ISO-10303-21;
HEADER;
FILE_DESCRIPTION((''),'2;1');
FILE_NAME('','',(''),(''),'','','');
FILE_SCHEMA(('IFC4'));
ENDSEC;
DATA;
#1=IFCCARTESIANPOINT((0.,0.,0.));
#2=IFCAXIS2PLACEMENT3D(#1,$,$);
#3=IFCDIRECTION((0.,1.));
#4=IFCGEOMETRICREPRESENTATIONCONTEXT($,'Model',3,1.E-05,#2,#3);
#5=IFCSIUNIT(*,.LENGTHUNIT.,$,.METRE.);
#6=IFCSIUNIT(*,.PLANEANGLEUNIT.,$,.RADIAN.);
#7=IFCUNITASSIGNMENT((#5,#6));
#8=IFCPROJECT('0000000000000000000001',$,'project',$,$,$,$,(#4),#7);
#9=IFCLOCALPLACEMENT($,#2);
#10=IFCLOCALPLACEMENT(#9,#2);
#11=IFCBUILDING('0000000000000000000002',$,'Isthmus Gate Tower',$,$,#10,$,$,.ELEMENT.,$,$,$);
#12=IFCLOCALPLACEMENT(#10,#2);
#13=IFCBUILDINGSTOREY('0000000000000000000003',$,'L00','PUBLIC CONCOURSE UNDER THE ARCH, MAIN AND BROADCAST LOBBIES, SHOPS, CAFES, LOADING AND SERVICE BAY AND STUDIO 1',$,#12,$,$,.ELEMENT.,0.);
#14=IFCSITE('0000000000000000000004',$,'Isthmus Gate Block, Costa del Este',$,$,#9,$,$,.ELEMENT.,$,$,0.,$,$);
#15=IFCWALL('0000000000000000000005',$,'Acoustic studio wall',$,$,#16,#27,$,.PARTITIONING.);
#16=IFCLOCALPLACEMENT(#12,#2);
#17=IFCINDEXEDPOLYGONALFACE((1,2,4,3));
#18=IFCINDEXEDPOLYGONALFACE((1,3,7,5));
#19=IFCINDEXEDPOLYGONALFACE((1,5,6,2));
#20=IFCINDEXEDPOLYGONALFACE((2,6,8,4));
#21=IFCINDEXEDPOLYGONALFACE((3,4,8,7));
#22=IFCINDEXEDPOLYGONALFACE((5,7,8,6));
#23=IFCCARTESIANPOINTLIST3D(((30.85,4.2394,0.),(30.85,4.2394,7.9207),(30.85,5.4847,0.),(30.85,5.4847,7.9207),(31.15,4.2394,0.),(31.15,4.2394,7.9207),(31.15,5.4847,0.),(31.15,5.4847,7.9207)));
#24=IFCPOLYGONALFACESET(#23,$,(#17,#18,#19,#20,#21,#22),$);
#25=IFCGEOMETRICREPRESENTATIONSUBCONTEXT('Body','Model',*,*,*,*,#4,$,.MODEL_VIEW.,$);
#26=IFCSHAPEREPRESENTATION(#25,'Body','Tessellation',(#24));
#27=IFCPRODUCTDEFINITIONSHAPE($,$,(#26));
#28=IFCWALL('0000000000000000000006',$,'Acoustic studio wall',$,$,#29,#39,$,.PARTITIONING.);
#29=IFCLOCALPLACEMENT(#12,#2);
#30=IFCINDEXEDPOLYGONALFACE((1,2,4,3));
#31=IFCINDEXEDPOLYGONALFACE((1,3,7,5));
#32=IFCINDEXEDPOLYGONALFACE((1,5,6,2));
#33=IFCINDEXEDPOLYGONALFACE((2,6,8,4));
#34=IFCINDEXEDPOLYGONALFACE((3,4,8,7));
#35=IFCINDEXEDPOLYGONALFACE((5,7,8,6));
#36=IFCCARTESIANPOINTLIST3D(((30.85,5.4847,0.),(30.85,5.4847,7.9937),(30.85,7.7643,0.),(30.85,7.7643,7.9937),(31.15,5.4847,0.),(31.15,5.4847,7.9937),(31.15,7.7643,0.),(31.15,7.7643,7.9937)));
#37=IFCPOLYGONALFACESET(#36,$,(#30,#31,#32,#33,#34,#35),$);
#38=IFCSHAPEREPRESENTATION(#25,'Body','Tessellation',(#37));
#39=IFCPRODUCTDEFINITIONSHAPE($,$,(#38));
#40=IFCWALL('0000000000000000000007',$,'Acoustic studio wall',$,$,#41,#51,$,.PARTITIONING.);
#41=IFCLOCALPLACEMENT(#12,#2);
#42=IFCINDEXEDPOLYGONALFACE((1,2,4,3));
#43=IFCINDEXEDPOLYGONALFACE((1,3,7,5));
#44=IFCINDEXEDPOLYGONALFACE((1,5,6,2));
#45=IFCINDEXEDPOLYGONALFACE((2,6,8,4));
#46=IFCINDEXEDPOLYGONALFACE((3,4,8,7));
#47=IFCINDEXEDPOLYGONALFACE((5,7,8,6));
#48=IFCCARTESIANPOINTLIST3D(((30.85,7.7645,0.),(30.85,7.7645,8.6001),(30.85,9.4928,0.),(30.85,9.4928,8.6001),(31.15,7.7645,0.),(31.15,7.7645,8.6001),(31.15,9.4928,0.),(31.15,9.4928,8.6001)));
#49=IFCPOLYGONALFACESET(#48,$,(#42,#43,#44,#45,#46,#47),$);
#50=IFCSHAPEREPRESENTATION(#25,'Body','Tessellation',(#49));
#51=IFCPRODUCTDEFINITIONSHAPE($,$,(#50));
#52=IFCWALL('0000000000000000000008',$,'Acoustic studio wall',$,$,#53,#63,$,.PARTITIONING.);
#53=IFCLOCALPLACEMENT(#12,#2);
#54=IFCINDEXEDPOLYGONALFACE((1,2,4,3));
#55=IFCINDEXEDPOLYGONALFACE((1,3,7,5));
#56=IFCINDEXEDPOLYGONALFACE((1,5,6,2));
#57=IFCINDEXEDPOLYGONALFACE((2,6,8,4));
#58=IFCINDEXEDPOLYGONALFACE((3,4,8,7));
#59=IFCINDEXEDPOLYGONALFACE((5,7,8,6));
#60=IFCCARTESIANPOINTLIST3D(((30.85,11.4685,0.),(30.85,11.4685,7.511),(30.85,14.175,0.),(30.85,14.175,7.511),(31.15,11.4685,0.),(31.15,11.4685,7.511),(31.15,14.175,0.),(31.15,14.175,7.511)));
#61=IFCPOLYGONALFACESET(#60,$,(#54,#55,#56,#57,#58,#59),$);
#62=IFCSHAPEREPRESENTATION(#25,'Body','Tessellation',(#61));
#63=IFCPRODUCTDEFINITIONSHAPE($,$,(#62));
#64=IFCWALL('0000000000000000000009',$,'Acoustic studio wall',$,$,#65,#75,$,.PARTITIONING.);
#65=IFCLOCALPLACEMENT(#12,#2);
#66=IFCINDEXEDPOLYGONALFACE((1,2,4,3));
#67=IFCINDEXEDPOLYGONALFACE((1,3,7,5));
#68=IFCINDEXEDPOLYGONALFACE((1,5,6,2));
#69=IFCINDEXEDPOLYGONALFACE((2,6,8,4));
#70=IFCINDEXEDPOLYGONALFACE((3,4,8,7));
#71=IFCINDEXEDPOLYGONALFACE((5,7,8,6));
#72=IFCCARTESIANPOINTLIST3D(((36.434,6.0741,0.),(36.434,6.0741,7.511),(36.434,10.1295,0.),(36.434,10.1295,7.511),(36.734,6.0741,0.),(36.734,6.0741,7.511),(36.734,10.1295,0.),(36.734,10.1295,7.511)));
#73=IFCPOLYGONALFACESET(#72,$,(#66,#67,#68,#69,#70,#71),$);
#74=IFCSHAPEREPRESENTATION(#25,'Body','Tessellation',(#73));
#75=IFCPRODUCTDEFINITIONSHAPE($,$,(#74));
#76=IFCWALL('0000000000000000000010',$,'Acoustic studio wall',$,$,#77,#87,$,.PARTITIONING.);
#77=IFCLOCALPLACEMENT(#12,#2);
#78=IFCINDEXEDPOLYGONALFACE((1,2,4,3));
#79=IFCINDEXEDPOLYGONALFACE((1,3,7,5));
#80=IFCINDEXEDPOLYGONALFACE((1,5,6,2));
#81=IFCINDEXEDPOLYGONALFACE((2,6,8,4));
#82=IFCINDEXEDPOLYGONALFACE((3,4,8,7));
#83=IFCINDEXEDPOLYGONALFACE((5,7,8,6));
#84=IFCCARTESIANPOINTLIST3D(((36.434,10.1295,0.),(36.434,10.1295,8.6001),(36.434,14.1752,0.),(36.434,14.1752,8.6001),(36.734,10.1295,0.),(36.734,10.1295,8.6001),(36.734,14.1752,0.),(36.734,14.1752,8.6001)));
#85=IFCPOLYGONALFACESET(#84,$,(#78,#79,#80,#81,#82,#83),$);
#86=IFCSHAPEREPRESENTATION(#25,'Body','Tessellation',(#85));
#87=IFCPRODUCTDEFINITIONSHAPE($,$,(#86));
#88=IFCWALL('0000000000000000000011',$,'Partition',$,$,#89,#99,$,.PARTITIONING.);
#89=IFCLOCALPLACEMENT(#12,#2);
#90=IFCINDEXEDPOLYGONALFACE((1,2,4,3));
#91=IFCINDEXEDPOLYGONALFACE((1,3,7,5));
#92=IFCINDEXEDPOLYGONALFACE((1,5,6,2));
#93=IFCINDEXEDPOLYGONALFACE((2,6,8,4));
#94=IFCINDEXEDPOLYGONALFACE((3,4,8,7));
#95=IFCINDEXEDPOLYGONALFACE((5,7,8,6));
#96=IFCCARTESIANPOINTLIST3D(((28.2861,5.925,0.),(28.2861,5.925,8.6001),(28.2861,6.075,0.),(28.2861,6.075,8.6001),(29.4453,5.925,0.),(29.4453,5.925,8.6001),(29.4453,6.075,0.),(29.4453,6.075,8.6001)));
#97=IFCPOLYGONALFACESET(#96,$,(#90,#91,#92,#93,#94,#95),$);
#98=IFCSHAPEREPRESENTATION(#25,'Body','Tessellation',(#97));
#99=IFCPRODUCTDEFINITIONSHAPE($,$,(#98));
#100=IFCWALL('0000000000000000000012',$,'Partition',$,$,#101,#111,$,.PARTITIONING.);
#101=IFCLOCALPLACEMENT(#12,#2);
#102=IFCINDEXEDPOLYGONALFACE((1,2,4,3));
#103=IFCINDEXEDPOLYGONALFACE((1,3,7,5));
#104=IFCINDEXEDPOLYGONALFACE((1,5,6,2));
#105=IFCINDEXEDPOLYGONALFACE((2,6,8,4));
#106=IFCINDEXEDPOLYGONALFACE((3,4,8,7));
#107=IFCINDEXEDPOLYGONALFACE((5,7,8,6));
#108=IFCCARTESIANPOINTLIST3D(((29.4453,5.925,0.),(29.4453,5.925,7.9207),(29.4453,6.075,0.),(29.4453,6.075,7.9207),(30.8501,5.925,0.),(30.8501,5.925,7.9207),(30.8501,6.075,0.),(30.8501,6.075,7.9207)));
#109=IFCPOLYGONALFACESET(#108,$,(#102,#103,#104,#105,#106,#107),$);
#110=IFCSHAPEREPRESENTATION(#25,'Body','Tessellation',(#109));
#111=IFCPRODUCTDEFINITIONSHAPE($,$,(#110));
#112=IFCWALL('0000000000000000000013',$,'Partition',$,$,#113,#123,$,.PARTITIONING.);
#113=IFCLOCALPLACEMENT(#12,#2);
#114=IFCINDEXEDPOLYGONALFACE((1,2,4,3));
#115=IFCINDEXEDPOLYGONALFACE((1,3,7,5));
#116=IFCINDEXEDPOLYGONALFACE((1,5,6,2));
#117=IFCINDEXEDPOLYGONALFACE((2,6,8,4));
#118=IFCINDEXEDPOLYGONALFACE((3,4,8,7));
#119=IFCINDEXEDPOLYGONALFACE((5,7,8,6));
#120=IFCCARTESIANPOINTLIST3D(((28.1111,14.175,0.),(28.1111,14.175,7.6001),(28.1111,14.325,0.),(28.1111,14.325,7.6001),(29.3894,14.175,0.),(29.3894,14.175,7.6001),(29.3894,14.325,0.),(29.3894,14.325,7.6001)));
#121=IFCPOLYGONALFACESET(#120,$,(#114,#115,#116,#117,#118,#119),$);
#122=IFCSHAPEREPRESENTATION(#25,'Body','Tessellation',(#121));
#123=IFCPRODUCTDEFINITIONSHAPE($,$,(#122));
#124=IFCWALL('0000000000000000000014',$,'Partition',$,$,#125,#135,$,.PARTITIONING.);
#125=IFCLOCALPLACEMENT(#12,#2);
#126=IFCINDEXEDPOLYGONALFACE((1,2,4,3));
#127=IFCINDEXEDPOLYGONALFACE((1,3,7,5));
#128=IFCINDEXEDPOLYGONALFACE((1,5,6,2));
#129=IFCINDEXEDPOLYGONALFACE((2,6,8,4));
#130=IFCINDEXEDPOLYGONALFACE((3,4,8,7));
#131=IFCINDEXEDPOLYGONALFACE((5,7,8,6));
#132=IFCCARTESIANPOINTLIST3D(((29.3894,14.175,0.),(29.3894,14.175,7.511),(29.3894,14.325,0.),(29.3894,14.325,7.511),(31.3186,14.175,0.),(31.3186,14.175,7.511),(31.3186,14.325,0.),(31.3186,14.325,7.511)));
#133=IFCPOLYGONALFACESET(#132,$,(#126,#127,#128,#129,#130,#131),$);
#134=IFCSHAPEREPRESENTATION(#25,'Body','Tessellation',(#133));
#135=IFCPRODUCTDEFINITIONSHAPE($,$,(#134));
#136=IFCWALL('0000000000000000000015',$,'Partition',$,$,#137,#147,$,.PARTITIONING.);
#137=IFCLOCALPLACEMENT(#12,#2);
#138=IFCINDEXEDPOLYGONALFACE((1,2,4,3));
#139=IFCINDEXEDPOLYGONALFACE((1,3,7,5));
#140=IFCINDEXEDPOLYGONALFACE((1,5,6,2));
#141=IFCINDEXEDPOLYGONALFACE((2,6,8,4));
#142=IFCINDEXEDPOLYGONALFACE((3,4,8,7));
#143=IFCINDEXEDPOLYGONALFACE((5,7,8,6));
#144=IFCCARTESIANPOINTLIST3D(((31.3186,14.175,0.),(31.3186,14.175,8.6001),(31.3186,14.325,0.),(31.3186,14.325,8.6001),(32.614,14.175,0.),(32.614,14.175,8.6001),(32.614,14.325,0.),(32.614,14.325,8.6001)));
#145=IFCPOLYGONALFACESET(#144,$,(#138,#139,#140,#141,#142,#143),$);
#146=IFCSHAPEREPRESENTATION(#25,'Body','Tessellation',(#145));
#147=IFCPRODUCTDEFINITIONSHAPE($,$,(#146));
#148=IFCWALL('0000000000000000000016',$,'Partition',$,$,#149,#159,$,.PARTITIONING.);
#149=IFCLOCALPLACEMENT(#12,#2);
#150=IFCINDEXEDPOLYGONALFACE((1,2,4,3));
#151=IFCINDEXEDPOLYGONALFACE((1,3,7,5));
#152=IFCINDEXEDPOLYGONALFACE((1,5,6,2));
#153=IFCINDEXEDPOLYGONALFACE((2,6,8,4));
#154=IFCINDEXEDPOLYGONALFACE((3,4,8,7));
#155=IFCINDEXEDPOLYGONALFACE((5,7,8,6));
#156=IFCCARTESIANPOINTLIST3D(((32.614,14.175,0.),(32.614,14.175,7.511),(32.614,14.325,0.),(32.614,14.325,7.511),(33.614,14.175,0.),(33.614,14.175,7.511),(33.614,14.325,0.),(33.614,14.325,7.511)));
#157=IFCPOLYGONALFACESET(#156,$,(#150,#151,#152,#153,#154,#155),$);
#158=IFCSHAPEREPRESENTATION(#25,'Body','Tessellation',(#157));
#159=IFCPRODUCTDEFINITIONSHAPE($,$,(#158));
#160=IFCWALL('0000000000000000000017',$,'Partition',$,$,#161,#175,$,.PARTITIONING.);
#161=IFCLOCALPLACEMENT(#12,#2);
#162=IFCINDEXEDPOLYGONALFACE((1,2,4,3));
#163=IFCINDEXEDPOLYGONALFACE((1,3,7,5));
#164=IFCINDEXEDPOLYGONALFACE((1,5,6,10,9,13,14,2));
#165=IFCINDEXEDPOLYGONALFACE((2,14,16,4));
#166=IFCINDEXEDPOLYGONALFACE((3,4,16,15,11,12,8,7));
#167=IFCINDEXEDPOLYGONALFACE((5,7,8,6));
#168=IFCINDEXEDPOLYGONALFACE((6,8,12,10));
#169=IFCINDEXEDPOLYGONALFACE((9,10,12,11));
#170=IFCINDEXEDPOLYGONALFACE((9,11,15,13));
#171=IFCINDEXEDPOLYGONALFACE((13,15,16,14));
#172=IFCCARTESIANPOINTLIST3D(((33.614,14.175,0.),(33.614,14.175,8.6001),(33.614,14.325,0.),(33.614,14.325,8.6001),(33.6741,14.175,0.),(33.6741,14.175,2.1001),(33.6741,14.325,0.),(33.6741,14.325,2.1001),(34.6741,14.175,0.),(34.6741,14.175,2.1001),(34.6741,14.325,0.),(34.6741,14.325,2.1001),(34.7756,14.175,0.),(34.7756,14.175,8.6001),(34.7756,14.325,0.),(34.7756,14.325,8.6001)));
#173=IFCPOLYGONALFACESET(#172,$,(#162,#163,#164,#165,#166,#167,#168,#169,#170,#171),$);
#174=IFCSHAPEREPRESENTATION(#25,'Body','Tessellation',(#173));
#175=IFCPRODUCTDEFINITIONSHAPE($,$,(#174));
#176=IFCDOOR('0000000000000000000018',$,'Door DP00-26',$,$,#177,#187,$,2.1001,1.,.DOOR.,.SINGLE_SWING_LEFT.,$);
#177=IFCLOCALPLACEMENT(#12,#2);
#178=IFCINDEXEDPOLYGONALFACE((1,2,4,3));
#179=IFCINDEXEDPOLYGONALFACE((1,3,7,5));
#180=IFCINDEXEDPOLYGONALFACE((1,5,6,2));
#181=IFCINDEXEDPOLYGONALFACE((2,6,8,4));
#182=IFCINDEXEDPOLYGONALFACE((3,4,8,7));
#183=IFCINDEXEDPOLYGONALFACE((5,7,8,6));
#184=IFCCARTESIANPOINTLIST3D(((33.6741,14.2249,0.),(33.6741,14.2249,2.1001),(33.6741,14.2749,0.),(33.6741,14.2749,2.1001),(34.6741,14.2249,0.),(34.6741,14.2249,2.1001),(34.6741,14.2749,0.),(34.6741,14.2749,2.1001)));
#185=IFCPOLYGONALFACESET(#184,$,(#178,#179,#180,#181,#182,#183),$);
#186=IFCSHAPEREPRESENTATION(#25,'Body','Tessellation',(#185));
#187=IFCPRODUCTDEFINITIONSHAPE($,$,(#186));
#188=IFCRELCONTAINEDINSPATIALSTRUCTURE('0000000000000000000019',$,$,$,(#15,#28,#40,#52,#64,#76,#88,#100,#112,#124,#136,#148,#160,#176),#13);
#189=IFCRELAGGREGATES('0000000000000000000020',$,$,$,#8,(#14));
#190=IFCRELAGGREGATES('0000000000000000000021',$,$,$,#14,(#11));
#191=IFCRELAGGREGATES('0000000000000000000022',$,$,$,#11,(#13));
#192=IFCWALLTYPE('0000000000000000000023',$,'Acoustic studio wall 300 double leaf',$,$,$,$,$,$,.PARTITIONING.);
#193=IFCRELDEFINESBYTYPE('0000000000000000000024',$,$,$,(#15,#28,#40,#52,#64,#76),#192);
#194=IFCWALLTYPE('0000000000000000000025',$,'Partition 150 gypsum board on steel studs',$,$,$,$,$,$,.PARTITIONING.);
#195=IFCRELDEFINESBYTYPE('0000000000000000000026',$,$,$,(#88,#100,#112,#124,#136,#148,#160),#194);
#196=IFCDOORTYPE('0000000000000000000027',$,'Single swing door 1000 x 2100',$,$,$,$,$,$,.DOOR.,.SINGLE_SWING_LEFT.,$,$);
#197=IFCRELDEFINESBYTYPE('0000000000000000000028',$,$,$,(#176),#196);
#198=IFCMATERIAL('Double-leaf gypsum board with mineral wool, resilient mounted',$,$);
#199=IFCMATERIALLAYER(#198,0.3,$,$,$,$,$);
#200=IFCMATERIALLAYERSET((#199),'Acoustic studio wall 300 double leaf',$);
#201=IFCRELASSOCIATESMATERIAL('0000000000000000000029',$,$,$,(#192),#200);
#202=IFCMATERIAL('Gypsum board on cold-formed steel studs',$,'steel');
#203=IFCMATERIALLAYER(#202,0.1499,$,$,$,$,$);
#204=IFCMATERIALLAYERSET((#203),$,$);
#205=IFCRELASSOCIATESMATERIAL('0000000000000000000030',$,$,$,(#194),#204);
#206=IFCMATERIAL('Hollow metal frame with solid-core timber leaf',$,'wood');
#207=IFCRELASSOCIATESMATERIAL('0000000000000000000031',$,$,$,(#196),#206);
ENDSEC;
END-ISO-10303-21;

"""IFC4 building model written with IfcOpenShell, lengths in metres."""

from ifc_helpers import new_model, si_unit, direction, frame, frame_2d, origin, place, context, subcontext, project, spatial, rectangle, extrude, material, layer, layer_set, type_object, element, fill, save


model = new_model("IFC4")

# Units and contexts
model_context = context("Model", 3, precision=1e-05, world=origin(), true_north=direction((0.0, 1.0)))
body_context = subcontext(model_context, "Body", "Model", "MODEL_VIEW")
ifc_project = project(units=[si_unit("LENGTHUNIT", "METRE"), si_unit("PLANEANGLEUNIT", "RADIAN")], contexts=[model_context])

# Site, building, storey
site_placement = place(None, origin())
site = spatial("IfcSite", under=ifc_project, at=site_placement, Name="Isthmus Gate Block, Costa del Este", CompositionType="ELEMENT", RefElevation=0.0)
building_placement = place(site_placement, origin())
building = spatial("IfcBuilding", under=site, at=building_placement, Name="Isthmus Gate Tower", CompositionType="ELEMENT")
storey_placement = place(building_placement, origin())
storey = spatial("IfcBuildingStorey", under=building, at=storey_placement, Name="L00", Description="PUBLIC CONCOURSE UNDER THE ARCH, MAIN AND BROADCAST LOBBIES, SHOPS, CAFES, LOADING AND SERVICE BAY AND STUDIO 1", CompositionType="ELEMENT", Elevation=0.0)

# Walls
ifc_material_1 = material(Name="Double-leaf gypsum board with mineral wool, resilient mounted")
ifc_layer_1 = layer(ifc_material_1, 0.3)
ifc_layer_set_1 = layer_set([ifc_layer_1], Name="Acoustic studio wall 300 double leaf")
wall_type_1 = type_object("IfcWallType", Name="Acoustic studio wall 300 double leaf", PredefinedType="PARTITIONING", material=ifc_layer_set_1)
wall_1_placement = place(storey_placement, frame((31.0, 4.2395, 0.0), z_axis=(0.0, 0.0, 1.0), x_axis=(0.0, 1.0, 0.0)))
element("IfcWall", 1, at=wall_1_placement, inside=storey, type_object=wall_type_1, Name="Acoustic studio wall", PredefinedType="PARTITIONING", context=body_context, shape_type="SweptSolid", body=[
    extrude(rectangle(XDim=1.2454, YDim=0.3, at=frame_2d((0.6226, 0.0))), origin(), (0.0, 0.0, 1.0), 7.9207),
])
wall_2_placement = place(storey_placement, frame((31.0, 5.4849, 0.0), z_axis=(0.0, 0.0, 1.0), x_axis=(0.0, 1.0, 0.0)))
element("IfcWall", 2, at=wall_2_placement, inside=storey, type_object=wall_type_1, Name="Acoustic studio wall", PredefinedType="PARTITIONING", context=body_context, shape_type="SweptSolid", body=[
    extrude(rectangle(XDim=2.2795, YDim=0.3, at=frame_2d((1.1396, 0.0))), origin(), (0.0, 0.0, 1.0), 7.9937),
])
wall_3_placement = place(storey_placement, frame((31.0, 7.7644, 0.0), z_axis=(0.0, 0.0, 1.0), x_axis=(0.0, 1.0, 0.0)))
element("IfcWall", 3, at=wall_3_placement, inside=storey, type_object=wall_type_1, Name="Acoustic studio wall", PredefinedType="PARTITIONING", context=body_context, shape_type="SweptSolid", body=[
    extrude(rectangle(XDim=1.7283, YDim=0.3, at=frame_2d((0.8643, 0.0))), origin(), (0.0, 0.0, 1.0), 8.6001),
])
wall_4_placement = place(storey_placement, frame((31.0, 11.4685, 0.0), z_axis=(0.0, 0.0, 1.0), x_axis=(0.0, 1.0, 0.0)))
element("IfcWall", 4, at=wall_4_placement, inside=storey, type_object=wall_type_1, Name="Acoustic studio wall", PredefinedType="PARTITIONING", context=body_context, shape_type="SweptSolid", body=[
    extrude(rectangle(XDim=2.7065, YDim=0.3, at=frame_2d((1.3533, 0.0))), origin(), (0.0, 0.0, 1.0), 7.511),
])
wall_5_placement = place(storey_placement, frame((36.584, 6.074, 0.0), z_axis=(0.0, 0.0, 1.0), x_axis=(0.0, 1.0, 0.0)))
element("IfcWall", 5, at=wall_5_placement, inside=storey, type_object=wall_type_1, Name="Acoustic studio wall", PredefinedType="PARTITIONING", context=body_context, shape_type="SweptSolid", body=[
    extrude(rectangle(XDim=4.0554, YDim=0.3, at=frame_2d((2.0278, 0.0))), origin(), (0.0, 0.0, 1.0), 7.511),
])
wall_6_placement = place(storey_placement, frame((36.584, 10.1294, 0.0), z_axis=(0.0, 0.0, 1.0), x_axis=(0.0, 1.0, 0.0)))
element("IfcWall", 6, at=wall_6_placement, inside=storey, type_object=wall_type_1, Name="Acoustic studio wall", PredefinedType="PARTITIONING", context=body_context, shape_type="SweptSolid", body=[
    extrude(rectangle(XDim=4.0457, YDim=0.3, at=frame_2d((2.0229, 0.0))), origin(), (0.0, 0.0, 1.0), 8.6001),
])
ifc_material_2 = material(Name="Gypsum board on cold-formed steel studs", Category="steel")
ifc_layer_2 = layer(ifc_material_2, 0.1499)
ifc_layer_set_2 = layer_set([ifc_layer_2])
wall_type_2 = type_object("IfcWallType", Name="Partition 150 gypsum board on steel studs", PredefinedType="PARTITIONING", material=ifc_layer_set_2)
wall_7_placement = place(storey_placement, frame((28.2861, 6.0, 0.0), z_axis=(0.0, 0.0, 1.0), x_axis=(1.0, 0.0, 0.0)))
element("IfcWall", 7, at=wall_7_placement, inside=storey, type_object=wall_type_2, Name="Partition", PredefinedType="PARTITIONING", context=body_context, shape_type="SweptSolid", body=[
    extrude(rectangle(XDim=1.1592, YDim=0.1499, at=frame_2d((0.5796, 0.0))), origin(), (0.0, 0.0, 1.0), 8.6001),
])
wall_8_placement = place(storey_placement, frame((29.4453, 6.0, 0.0), z_axis=(0.0, 0.0, 1.0), x_axis=(1.0, 0.0, 0.0)))
element("IfcWall", 8, at=wall_8_placement, inside=storey, type_object=wall_type_2, Name="Partition", PredefinedType="PARTITIONING", context=body_context, shape_type="SweptSolid", body=[
    extrude(rectangle(XDim=1.4048, YDim=0.1499, at=frame_2d((0.7024, 0.0))), origin(), (0.0, 0.0, 1.0), 7.9207),
])
wall_9_placement = place(storey_placement, frame((28.1111, 14.25, 0.0), z_axis=(0.0, 0.0, 1.0), x_axis=(1.0, 0.0, 0.0)))
element("IfcWall", 9, at=wall_9_placement, inside=storey, type_object=wall_type_2, Name="Partition", PredefinedType="PARTITIONING", context=body_context, shape_type="SweptSolid", body=[
    extrude(rectangle(XDim=1.2783, YDim=0.1499, at=frame_2d((0.6392, 0.0))), origin(), (0.0, 0.0, 1.0), 7.6001),
])
wall_10_placement = place(storey_placement, frame((29.3894, 14.25, 0.0), z_axis=(0.0, 0.0, 1.0), x_axis=(1.0, 0.0, 0.0)))
element("IfcWall", 10, at=wall_10_placement, inside=storey, type_object=wall_type_2, Name="Partition", PredefinedType="PARTITIONING", context=body_context, shape_type="SweptSolid", body=[
    extrude(rectangle(XDim=1.9292, YDim=0.1499, at=frame_2d((0.9646, 0.0))), origin(), (0.0, 0.0, 1.0), 7.511),
])
wall_11_placement = place(storey_placement, frame((31.3186, 14.25, 0.0), z_axis=(0.0, 0.0, 1.0), x_axis=(1.0, 0.0, 0.0)))
element("IfcWall", 11, at=wall_11_placement, inside=storey, type_object=wall_type_2, Name="Partition", PredefinedType="PARTITIONING", context=body_context, shape_type="SweptSolid", body=[
    extrude(rectangle(XDim=1.2954, YDim=0.1499, at=frame_2d((0.6477, 0.0))), origin(), (0.0, 0.0, 1.0), 8.6001),
])
wall_12_placement = place(storey_placement, frame((32.614, 14.25, 0.0), z_axis=(0.0, 0.0, 1.0), x_axis=(1.0, 0.0, 0.0)))
element("IfcWall", 12, at=wall_12_placement, inside=storey, type_object=wall_type_2, Name="Partition", PredefinedType="PARTITIONING", context=body_context, shape_type="SweptSolid", body=[
    extrude(rectangle(XDim=1.0, YDim=0.1499, at=frame_2d((0.5, 0.0))), origin(), (0.0, 0.0, 1.0), 7.511),
])

# Wall, opening, door
wall_13_placement = place(storey_placement, frame((33.614, 14.25, 0.0), z_axis=(0.0, 0.0, 1.0), x_axis=(1.0, 0.0, 0.0)))
wall_13 = element("IfcWall", 13, at=wall_13_placement, inside=storey, type_object=wall_type_2, Name="Partition", PredefinedType="PARTITIONING", context=body_context, shape_type="SweptSolid", body=[
    extrude(rectangle(XDim=1.1616, YDim=0.1499, at=frame_2d((0.5808, 0.0))), origin(), (0.0, 0.0, 1.0), 8.6001),
])
opening_1_placement = place(wall_13_placement, frame((0.0601, 0.0, 0.0)))
opening_1 = element("IfcOpeningElement", 14, at=opening_1_placement, cuts=wall_13, PredefinedType="OPENING", context=body_context, shape_type="SweptSolid", body=[
    extrude(rectangle(XDim=1.0, YDim=2.1001, at=frame_2d((0.5, 1.05))), frame((0.0, 0.085, 0.0), z_axis=(0.0, -1.0, 0.0), x_axis=(1.0, 0.0, 0.0)), (0.0, 0.0, 1.0), 0.1699),
])
ifc_material_3 = material(Name="Hollow metal frame with solid-core timber leaf", Category="wood")
door_type = type_object("IfcDoorType", Name="Single swing door 1000 x 2100", OperationType="SINGLE_SWING_LEFT", PredefinedType="DOOR", material=ifc_material_3)
door_1_placement = place(opening_1_placement, origin())
door_1 = element("IfcDoor", 15, at=door_1_placement, inside=storey, type_object=door_type, Name="Door DP00-26", OperationType="SINGLE_SWING_LEFT", OverallHeight=2.1001, OverallWidth=1.0, PredefinedType="DOOR", context=body_context, shape_type="SweptSolid", body=[
    extrude(rectangle(XDim=1.0, YDim=2.1001, at=frame_2d((0.5, 1.05))), frame((0.0, 0.0249, 0.0), z_axis=(0.0, -1.0, 0.0), x_axis=(1.0, 0.0, 0.0)), (0.0, 0.0, 1.0), 0.05),
])
fill(opening_1, door_1)

save(model, "model.ifc")
